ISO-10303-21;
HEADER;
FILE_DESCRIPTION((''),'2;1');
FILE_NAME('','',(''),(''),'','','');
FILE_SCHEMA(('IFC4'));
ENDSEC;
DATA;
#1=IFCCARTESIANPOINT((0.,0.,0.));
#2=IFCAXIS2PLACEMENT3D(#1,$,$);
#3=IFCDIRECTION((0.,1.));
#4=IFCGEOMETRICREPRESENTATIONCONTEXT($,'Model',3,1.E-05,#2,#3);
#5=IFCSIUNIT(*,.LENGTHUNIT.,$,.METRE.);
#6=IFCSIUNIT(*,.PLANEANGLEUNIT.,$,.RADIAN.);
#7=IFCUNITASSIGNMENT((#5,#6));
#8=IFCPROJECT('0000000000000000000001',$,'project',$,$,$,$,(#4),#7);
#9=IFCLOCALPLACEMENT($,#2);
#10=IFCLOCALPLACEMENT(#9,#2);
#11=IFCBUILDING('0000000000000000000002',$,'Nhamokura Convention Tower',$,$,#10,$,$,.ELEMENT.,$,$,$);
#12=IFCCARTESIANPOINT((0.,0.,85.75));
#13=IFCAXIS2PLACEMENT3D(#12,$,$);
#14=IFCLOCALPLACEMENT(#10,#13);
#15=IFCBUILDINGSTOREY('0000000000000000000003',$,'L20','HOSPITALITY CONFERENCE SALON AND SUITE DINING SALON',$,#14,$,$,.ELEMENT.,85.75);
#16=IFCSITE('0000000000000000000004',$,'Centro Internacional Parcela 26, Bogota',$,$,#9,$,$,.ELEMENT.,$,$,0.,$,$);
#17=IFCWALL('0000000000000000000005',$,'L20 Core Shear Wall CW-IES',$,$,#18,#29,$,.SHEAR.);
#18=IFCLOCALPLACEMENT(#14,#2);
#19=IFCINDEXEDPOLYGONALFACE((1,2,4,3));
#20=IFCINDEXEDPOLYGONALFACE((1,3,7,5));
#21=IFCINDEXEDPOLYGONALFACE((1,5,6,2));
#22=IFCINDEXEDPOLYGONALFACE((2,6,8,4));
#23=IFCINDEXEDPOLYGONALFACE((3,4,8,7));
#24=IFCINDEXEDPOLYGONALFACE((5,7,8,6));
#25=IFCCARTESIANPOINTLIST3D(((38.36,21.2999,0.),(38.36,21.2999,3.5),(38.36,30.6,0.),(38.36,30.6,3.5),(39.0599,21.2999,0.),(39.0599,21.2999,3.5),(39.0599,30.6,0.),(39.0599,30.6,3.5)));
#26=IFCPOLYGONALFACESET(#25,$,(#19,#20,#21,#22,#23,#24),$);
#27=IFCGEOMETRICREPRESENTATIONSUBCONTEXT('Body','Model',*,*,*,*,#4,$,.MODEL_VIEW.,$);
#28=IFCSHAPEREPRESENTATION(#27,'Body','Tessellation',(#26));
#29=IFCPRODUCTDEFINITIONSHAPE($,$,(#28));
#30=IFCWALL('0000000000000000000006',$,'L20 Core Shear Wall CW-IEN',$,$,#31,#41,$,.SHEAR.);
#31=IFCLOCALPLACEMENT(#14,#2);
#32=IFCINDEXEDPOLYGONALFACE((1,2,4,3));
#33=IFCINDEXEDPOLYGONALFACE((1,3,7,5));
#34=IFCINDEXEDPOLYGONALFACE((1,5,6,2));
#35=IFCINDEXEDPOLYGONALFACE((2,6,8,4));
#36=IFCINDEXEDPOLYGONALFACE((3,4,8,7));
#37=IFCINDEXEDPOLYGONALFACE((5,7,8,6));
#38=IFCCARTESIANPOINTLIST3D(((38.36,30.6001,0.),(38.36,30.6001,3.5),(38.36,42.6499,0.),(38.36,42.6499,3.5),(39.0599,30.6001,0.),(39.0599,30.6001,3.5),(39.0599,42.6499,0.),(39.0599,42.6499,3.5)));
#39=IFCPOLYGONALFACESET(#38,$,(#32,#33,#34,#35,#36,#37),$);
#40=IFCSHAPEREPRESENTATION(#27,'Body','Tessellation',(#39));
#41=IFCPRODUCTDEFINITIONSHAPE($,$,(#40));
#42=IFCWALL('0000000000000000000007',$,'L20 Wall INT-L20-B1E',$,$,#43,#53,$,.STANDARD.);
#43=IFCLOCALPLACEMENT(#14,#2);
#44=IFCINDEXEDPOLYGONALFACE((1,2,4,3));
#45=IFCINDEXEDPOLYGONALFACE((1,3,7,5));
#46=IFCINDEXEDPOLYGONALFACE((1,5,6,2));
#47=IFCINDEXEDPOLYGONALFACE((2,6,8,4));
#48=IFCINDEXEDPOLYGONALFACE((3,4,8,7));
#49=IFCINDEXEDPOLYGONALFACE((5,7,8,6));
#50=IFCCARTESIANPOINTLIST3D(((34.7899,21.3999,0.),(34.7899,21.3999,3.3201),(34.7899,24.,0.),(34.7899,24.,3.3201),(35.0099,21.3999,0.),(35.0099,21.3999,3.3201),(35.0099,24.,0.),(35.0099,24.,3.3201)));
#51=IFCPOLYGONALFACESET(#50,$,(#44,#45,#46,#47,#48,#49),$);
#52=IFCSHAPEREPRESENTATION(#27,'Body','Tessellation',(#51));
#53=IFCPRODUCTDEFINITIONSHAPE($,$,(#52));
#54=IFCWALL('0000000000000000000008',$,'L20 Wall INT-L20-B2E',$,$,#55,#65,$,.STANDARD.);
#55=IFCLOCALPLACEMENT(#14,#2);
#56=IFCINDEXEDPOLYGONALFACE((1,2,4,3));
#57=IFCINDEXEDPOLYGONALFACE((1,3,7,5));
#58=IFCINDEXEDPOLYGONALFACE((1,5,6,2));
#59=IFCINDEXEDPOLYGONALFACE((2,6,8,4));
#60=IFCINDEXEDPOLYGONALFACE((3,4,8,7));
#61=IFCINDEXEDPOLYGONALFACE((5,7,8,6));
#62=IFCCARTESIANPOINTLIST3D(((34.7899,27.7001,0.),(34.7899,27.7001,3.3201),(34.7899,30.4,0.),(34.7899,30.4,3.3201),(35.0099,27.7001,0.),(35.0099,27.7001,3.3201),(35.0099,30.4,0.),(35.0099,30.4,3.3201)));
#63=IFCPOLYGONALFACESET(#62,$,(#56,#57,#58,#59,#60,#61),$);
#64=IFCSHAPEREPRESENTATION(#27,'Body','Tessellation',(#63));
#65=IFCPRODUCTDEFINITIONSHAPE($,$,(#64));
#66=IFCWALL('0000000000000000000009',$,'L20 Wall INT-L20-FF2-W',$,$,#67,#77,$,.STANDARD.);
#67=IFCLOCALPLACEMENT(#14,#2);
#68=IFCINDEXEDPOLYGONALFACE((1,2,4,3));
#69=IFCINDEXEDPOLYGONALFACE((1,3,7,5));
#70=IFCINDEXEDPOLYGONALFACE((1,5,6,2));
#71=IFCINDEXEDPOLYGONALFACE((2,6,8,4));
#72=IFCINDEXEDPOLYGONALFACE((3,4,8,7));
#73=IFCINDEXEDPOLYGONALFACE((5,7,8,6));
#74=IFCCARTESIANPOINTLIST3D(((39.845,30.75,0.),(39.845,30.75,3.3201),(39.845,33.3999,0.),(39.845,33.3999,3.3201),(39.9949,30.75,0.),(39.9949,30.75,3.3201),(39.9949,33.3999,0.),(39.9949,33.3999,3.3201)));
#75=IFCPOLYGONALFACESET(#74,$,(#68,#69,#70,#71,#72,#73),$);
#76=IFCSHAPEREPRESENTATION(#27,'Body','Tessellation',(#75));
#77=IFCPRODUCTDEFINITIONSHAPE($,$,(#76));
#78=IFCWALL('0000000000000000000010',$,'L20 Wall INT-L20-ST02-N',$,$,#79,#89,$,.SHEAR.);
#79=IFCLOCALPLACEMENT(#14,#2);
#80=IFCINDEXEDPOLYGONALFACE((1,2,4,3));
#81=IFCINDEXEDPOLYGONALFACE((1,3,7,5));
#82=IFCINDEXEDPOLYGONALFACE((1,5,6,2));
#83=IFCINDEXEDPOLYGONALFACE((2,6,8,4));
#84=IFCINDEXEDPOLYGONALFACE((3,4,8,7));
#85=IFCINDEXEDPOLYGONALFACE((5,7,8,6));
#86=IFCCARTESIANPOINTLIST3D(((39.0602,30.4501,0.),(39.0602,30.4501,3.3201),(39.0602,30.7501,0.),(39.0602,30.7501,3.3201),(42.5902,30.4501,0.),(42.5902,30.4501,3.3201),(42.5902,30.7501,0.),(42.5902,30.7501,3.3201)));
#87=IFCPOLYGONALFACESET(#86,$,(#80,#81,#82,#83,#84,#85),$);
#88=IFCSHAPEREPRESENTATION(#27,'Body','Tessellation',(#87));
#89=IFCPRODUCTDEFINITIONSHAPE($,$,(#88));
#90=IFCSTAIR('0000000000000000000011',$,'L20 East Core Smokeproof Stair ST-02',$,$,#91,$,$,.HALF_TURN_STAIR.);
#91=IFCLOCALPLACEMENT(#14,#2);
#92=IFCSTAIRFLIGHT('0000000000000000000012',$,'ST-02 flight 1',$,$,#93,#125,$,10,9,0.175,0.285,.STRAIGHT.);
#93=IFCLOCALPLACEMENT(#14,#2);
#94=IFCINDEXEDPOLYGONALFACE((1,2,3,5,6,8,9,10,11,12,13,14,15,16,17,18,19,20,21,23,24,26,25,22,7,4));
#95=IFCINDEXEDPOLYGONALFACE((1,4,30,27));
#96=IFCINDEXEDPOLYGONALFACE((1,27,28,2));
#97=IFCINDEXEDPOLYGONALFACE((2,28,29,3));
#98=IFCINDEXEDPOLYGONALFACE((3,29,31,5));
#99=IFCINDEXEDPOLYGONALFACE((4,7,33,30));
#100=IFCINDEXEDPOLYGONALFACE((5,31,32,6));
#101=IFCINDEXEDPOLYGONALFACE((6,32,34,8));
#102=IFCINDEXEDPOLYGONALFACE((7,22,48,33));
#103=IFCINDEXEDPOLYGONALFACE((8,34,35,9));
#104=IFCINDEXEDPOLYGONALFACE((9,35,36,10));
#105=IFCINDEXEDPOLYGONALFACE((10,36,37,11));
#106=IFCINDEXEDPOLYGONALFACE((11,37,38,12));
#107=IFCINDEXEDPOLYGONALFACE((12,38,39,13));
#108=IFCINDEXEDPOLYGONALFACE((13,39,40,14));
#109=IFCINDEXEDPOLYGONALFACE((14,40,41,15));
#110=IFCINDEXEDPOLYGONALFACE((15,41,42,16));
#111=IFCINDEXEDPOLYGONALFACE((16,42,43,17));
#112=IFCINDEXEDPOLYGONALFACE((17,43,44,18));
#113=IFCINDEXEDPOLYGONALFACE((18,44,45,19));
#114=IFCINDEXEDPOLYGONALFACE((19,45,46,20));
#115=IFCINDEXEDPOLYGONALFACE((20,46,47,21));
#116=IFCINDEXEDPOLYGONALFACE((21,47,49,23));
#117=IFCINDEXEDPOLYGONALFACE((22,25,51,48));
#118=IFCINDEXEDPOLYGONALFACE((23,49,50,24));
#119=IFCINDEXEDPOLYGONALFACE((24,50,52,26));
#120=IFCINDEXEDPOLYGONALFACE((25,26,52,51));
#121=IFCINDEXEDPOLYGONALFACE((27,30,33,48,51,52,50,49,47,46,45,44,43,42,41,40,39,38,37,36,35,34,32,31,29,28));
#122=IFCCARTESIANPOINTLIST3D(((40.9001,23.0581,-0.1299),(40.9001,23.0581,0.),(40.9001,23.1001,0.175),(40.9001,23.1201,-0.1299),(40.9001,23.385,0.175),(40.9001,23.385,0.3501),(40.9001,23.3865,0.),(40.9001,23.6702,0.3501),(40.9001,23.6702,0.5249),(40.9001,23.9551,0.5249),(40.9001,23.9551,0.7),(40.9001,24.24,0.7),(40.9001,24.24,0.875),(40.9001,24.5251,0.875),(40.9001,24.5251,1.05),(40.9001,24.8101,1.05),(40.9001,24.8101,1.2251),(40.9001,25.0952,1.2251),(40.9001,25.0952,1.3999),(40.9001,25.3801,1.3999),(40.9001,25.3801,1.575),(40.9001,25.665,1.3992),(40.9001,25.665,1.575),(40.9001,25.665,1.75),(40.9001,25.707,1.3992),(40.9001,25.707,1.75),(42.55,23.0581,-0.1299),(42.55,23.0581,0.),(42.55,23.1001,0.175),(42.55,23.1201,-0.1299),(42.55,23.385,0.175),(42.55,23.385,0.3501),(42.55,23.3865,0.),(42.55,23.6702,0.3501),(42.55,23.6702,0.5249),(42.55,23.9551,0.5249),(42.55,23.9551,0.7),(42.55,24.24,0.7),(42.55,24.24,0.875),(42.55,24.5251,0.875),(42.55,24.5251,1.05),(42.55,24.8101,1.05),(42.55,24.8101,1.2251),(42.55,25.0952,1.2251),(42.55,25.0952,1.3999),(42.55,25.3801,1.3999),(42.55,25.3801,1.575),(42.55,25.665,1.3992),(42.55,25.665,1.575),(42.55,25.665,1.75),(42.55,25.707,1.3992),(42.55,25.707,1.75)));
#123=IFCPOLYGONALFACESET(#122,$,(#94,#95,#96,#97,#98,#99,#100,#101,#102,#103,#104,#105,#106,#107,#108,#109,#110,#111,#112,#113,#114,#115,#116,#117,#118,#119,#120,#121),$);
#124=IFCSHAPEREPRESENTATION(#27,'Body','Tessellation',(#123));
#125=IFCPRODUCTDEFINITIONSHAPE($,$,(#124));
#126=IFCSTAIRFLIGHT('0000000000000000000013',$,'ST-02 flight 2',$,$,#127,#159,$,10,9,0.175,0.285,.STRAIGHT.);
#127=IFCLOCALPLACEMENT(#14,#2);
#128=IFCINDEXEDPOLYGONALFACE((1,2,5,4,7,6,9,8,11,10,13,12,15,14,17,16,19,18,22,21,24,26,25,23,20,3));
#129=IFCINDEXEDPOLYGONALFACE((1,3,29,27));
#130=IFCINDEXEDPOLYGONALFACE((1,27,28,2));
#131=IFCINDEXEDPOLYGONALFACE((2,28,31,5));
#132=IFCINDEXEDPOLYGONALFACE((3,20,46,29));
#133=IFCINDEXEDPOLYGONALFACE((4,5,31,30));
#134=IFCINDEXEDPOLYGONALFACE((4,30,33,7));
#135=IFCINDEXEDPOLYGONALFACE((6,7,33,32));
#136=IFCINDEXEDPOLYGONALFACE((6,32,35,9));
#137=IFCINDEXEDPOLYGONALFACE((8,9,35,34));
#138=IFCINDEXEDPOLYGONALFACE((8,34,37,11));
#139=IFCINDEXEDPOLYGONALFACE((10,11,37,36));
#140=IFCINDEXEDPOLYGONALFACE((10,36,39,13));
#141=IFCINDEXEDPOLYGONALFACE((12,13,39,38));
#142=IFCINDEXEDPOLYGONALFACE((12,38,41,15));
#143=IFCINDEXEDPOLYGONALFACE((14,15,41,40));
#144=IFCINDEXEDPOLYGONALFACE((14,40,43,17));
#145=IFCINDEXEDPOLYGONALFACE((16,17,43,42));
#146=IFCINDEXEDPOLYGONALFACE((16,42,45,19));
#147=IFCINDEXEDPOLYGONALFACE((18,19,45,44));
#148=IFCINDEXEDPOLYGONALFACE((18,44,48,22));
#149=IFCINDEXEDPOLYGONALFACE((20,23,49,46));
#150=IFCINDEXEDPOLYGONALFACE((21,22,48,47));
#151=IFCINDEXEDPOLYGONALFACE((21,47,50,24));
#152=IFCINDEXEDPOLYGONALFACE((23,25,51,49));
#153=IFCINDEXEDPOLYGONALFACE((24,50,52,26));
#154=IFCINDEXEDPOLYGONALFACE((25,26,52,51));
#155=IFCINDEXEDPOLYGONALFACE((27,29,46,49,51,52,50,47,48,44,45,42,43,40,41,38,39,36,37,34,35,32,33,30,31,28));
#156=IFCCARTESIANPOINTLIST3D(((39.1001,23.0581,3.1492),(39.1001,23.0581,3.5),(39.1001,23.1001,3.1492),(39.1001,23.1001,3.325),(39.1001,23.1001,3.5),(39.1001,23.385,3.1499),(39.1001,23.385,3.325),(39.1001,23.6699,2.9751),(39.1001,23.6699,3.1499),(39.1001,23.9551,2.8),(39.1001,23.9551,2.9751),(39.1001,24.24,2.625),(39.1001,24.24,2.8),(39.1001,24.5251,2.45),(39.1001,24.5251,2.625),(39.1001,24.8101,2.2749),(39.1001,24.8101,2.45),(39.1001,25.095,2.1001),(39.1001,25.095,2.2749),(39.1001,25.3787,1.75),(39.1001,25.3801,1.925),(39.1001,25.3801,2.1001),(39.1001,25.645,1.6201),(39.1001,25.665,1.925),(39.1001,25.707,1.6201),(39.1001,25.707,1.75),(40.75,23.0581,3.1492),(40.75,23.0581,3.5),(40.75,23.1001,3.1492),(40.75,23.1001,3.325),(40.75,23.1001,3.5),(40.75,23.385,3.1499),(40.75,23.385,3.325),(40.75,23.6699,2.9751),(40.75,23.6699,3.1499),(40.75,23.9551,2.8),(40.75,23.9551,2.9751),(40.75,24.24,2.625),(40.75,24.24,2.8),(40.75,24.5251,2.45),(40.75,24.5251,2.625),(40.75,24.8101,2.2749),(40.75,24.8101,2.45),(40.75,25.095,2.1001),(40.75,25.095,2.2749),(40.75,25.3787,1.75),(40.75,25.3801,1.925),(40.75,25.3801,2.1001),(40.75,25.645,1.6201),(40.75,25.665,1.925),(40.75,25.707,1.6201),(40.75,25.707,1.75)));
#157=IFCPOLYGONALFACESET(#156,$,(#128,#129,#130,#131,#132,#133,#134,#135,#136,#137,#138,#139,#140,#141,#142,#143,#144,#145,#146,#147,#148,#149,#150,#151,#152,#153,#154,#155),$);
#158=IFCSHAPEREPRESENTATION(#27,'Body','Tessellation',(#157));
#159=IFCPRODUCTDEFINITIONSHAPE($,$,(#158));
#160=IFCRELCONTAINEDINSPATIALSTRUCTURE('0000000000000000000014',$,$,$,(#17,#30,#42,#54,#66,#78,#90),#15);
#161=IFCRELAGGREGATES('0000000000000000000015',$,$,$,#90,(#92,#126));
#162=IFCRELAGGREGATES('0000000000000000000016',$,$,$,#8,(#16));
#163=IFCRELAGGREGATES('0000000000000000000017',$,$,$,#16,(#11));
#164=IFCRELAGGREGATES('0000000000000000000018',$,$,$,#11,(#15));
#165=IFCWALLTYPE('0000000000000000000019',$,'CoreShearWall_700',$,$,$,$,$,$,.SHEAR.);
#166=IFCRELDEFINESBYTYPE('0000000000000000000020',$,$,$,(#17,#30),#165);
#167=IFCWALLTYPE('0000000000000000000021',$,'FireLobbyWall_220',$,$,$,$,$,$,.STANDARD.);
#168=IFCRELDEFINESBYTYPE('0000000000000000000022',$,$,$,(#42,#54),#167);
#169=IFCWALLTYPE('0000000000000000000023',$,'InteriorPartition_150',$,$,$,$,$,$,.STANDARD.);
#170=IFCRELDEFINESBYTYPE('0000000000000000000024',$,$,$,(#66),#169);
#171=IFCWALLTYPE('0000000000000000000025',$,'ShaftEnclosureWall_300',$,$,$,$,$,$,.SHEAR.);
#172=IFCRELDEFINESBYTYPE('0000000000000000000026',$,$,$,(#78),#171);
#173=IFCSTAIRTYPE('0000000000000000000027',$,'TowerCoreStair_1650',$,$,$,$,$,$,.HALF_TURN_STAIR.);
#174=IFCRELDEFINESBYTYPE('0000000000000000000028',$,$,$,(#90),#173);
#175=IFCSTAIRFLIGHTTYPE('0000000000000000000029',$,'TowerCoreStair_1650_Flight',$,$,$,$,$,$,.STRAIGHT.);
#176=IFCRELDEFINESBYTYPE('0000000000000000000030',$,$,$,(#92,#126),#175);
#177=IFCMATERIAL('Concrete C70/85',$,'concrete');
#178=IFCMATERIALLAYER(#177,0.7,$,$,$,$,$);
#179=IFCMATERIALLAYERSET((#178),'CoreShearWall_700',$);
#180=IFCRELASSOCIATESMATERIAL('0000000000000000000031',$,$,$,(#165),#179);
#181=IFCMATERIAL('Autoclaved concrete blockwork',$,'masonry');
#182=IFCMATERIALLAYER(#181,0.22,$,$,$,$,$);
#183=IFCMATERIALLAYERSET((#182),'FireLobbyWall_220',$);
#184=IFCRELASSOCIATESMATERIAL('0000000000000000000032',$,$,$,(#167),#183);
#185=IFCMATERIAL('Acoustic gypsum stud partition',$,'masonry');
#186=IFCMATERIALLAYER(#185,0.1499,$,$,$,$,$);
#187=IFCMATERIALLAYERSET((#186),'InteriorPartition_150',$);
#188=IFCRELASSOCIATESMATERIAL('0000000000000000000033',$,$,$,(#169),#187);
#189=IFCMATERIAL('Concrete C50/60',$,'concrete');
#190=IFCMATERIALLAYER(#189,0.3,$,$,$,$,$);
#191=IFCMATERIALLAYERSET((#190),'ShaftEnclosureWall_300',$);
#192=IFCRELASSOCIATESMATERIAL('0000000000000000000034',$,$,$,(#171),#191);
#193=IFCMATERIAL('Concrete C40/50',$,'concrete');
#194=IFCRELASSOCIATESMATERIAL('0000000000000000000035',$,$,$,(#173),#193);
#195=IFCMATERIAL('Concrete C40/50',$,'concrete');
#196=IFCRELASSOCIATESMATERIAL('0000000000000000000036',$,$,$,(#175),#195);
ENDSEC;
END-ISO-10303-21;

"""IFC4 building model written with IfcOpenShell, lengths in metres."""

from ifc_helpers import new_model, si_unit, direction, frame, frame_2d, origin, place, context, subcontext, project, spatial, polyline, rectangle, outline, extrude, material, layer, layer_set, type_object, element, aggregate, save


model = new_model("IFC4")

# Units and contexts
model_context = context("Model", 3, precision=1e-05, world=origin(), true_north=direction((0.0, 1.0)))
body_context = subcontext(model_context, "Body", "Model", "MODEL_VIEW")
ifc_project = project(units=[si_unit("LENGTHUNIT", "METRE"), si_unit("PLANEANGLEUNIT", "RADIAN")], contexts=[model_context])

# Site, building, storey
site_placement = place(None, origin())
site = spatial("IfcSite", under=ifc_project, at=site_placement, Name="Centro Internacional Parcela 26, Bogota", CompositionType="ELEMENT", RefElevation=0.0)
building_placement = place(site_placement, origin())
building = spatial("IfcBuilding", under=site, at=building_placement, Name="Nhamokura Convention Tower", CompositionType="ELEMENT")
storey_placement = place(building_placement, frame((0.0, 0.0, 85.75)))
storey = spatial("IfcBuildingStorey", under=building, at=storey_placement, Name="L20", Description="HOSPITALITY CONFERENCE SALON AND SUITE DINING SALON", CompositionType="ELEMENT", Elevation=85.75)

# Shared definitions
ifc_material_1 = material(Name="Concrete C70/85", Category="concrete")
ifc_layer_1 = layer(ifc_material_1, 0.7)
ifc_layer_set_1 = layer_set([ifc_layer_1], Name="CoreShearWall_700")
wall_type_1 = type_object("IfcWallType", Name="CoreShearWall_700", PredefinedType="SHEAR", material=ifc_layer_set_1)

# Walls
wall_1_placement = place(storey_placement, frame((38.71, 21.3, 0.0), z_axis=(0.0, 0.0, 1.0), x_axis=(0.0, 1.0, 0.0)))
element("IfcWall", 1, at=wall_1_placement, inside=storey, type_object=wall_type_1, Name="L20 Core Shear Wall CW-IES", PredefinedType="SHEAR", context=body_context, shape_type="SweptSolid", body=[
    extrude(rectangle(XDim=9.3, YDim=0.7, at=frame_2d((4.6499, 0.0))), origin(), (0.0, 0.0, 1.0), 3.5),
])
wall_2_placement = place(storey_placement, frame((38.71, 30.6001, 0.0), z_axis=(0.0, 0.0, 1.0), x_axis=(0.0, 1.0, 0.0)))
element("IfcWall", 2, at=wall_2_placement, inside=storey, type_object=wall_type_1, Name="L20 Core Shear Wall CW-IEN", PredefinedType="SHEAR", context=body_context, shape_type="SweptSolid", body=[
    extrude(rectangle(XDim=12.0498, YDim=0.7, at=frame_2d((6.0249, 0.0))), origin(), (0.0, 0.0, 1.0), 3.5),
])
ifc_material_2 = material(Name="Autoclaved concrete blockwork", Category="masonry")
ifc_layer_2 = layer(ifc_material_2, 0.22)
ifc_layer_set_2 = layer_set([ifc_layer_2], Name="FireLobbyWall_220")
wall_type_2 = type_object("IfcWallType", Name="FireLobbyWall_220", PredefinedType="STANDARD", material=ifc_layer_set_2)
wall_3_placement = place(storey_placement, frame((34.8999, 21.3999, 0.0), z_axis=(0.0, 0.0, 1.0), x_axis=(0.0, 1.0, 0.0)))
element("IfcWall", 3, at=wall_3_placement, inside=storey, type_object=wall_type_2, Name="L20 Wall INT-L20-B1E", PredefinedType="STANDARD", context=body_context, shape_type="SweptSolid", body=[
    extrude(rectangle(XDim=2.6001, YDim=0.22, at=frame_2d((1.3, 0.0))), origin(), (0.0, 0.0, 1.0), 3.3201),
])
wall_4_placement = place(storey_placement, frame((34.8999, 27.7, 0.0), z_axis=(0.0, 0.0, 1.0), x_axis=(0.0, 1.0, 0.0)))
element("IfcWall", 4, at=wall_4_placement, inside=storey, type_object=wall_type_2, Name="L20 Wall INT-L20-B2E", PredefinedType="STANDARD", context=body_context, shape_type="SweptSolid", body=[
    extrude(rectangle(XDim=2.7, YDim=0.22, at=frame_2d((1.3501, 0.0))), origin(), (0.0, 0.0, 1.0), 3.3201),
])
ifc_material_3 = material(Name="Acoustic gypsum stud partition", Category="masonry")
ifc_layer_3 = layer(ifc_material_3, 0.1499)
ifc_layer_set_3 = layer_set([ifc_layer_3], Name="InteriorPartition_150")
wall_type_3 = type_object("IfcWallType", Name="InteriorPartition_150", PredefinedType="STANDARD", material=ifc_layer_set_3)
wall_5_placement = place(storey_placement, frame((39.9199, 30.75, 0.0), z_axis=(0.0, 0.0, 1.0), x_axis=(0.0, 1.0, 0.0)))
element("IfcWall", 5, at=wall_5_placement, inside=storey, type_object=wall_type_3, Name="L20 Wall INT-L20-FF2-W", PredefinedType="STANDARD", context=body_context, shape_type="SweptSolid", body=[
    extrude(rectangle(XDim=2.6499, YDim=0.1499, at=frame_2d((1.325, 0.0))), origin(), (0.0, 0.0, 1.0), 3.3201),
])
ifc_material_4 = material(Name="Concrete C50/60", Category="concrete")
ifc_layer_4 = layer(ifc_material_4, 0.3)
ifc_layer_set_4 = layer_set([ifc_layer_4], Name="ShaftEnclosureWall_300")
wall_type_4 = type_object("IfcWallType", Name="ShaftEnclosureWall_300", PredefinedType="SHEAR", material=ifc_layer_set_4)
wall_6_placement = place(storey_placement, frame((39.0601, 30.6001, 0.0), z_axis=(0.0, 0.0, 1.0), x_axis=(1.0, 0.0, 0.0)))
element("IfcWall", 6, at=wall_6_placement, inside=storey, type_object=wall_type_4, Name="L20 Wall INT-L20-ST02-N", PredefinedType="SHEAR", context=body_context, shape_type="SweptSolid", body=[
    extrude(rectangle(XDim=3.53, YDim=0.3, at=frame_2d((1.7651, 0.0))), origin(), (0.0, 0.0, 1.0), 3.3201),
])

# Stair, stair flights
ifc_material_5 = material(Name="Concrete C40/50", Category="concrete")
stair_type = type_object("IfcStairType", Name="TowerCoreStair_1650", PredefinedType="HALF_TURN_STAIR", material=ifc_material_5)
stair_placement = place(storey_placement, origin())
stair = element("IfcStair", 7, at=stair_placement, inside=storey, type_object=stair_type, Name="L20 East Core Smokeproof Stair ST-02", PredefinedType="HALF_TURN_STAIR")
ifc_material_6 = material(Name="Concrete C40/50", Category="concrete")
stair_flight_type = type_object("IfcStairFlightType", Name="TowerCoreStair_1650_Flight", PredefinedType="STRAIGHT", material=ifc_material_6)
stair_flight_1_placement = place(storey_placement, frame((41.7251, 23.1001, 0.0), z_axis=(0.0, 0.0, 1.0), x_axis=(0.0, 1.0, 0.0)))
stair_flight_1 = element("IfcStairFlight", 8, at=stair_flight_1_placement, type_object=stair_flight_type, Name="ST-02 flight 1", NumberOfRisers=10, NumberOfTreads=9, PredefinedType="STRAIGHT", RiserHeight=0.175, TreadLength=0.285, context=body_context, shape_type="SweptSolid", body=[
    extrude(outline(polyline([(-0.042, 0.0), (0.0, 0.175), (0.2849, 0.175), (0.2849, 0.3501), (0.5701, 0.3501), (0.5701, 0.5249), (0.855, 0.5249), (0.855, 0.7), (1.1399, 0.7), (1.1399, 0.875), (1.425, 0.875), (1.425, 1.05), (1.71, 1.05), (1.71, 1.2251), (1.9951, 1.2251), (1.9951, 1.3999), (2.28, 1.3999), (2.28, 1.575), (2.5649, 1.575), (2.5649, 1.75), (2.6069, 1.75), (2.6069, 1.3992), (2.5649, 1.3992), (0.2864, 0.0), (0.02, -0.1299), (-0.042, -0.1299), (-0.042, 0.0)])), frame((0.0, 0.825, 0.0), z_axis=(0.0, -1.0, 0.0), x_axis=(1.0, 0.0, 0.0)), (0.0, 0.0, 1.0), 1.6499),
])
stair_flight_2_placement = place(storey_placement, frame((39.925, 25.665, 1.75), z_axis=(0.0, 0.0, 1.0), x_axis=(0.0, -1.0, 0.0)))
stair_flight_2 = element("IfcStairFlight", 9, at=stair_flight_2_placement, type_object=stair_flight_type, Name="ST-02 flight 2", NumberOfRisers=10, NumberOfTreads=9, PredefinedType="STRAIGHT", RiserHeight=0.175, TreadLength=0.285, context=body_context, shape_type="SweptSolid", body=[
    extrude(outline(polyline([(-0.042, 0.0), (0.0, 0.175), (0.2849, 0.175), (0.2849, 0.3501), (0.5701, 0.3501), (0.5701, 0.5249), (0.855, 0.5249), (0.855, 0.7), (1.1399, 0.7), (1.1399, 0.875), (1.425, 0.875), (1.425, 1.05), (1.71, 1.05), (1.71, 1.2251), (1.9951, 1.2251), (1.9951, 1.3999), (2.28, 1.3999), (2.28, 1.575), (2.5649, 1.575), (2.5649, 1.75), (2.6069, 1.75), (2.6069, 1.3992), (2.5649, 1.3992), (0.2864, 0.0), (0.02, -0.1299), (-0.042, -0.1299), (-0.042, 0.0)])), frame((0.0, 0.825, 0.0), z_axis=(0.0, -1.0, 0.0), x_axis=(1.0, 0.0, 0.0)), (0.0, 0.0, 1.0), 1.6499),
])
aggregate(stair, [stair_flight_1, stair_flight_2])

save(model, "model.ifc")
